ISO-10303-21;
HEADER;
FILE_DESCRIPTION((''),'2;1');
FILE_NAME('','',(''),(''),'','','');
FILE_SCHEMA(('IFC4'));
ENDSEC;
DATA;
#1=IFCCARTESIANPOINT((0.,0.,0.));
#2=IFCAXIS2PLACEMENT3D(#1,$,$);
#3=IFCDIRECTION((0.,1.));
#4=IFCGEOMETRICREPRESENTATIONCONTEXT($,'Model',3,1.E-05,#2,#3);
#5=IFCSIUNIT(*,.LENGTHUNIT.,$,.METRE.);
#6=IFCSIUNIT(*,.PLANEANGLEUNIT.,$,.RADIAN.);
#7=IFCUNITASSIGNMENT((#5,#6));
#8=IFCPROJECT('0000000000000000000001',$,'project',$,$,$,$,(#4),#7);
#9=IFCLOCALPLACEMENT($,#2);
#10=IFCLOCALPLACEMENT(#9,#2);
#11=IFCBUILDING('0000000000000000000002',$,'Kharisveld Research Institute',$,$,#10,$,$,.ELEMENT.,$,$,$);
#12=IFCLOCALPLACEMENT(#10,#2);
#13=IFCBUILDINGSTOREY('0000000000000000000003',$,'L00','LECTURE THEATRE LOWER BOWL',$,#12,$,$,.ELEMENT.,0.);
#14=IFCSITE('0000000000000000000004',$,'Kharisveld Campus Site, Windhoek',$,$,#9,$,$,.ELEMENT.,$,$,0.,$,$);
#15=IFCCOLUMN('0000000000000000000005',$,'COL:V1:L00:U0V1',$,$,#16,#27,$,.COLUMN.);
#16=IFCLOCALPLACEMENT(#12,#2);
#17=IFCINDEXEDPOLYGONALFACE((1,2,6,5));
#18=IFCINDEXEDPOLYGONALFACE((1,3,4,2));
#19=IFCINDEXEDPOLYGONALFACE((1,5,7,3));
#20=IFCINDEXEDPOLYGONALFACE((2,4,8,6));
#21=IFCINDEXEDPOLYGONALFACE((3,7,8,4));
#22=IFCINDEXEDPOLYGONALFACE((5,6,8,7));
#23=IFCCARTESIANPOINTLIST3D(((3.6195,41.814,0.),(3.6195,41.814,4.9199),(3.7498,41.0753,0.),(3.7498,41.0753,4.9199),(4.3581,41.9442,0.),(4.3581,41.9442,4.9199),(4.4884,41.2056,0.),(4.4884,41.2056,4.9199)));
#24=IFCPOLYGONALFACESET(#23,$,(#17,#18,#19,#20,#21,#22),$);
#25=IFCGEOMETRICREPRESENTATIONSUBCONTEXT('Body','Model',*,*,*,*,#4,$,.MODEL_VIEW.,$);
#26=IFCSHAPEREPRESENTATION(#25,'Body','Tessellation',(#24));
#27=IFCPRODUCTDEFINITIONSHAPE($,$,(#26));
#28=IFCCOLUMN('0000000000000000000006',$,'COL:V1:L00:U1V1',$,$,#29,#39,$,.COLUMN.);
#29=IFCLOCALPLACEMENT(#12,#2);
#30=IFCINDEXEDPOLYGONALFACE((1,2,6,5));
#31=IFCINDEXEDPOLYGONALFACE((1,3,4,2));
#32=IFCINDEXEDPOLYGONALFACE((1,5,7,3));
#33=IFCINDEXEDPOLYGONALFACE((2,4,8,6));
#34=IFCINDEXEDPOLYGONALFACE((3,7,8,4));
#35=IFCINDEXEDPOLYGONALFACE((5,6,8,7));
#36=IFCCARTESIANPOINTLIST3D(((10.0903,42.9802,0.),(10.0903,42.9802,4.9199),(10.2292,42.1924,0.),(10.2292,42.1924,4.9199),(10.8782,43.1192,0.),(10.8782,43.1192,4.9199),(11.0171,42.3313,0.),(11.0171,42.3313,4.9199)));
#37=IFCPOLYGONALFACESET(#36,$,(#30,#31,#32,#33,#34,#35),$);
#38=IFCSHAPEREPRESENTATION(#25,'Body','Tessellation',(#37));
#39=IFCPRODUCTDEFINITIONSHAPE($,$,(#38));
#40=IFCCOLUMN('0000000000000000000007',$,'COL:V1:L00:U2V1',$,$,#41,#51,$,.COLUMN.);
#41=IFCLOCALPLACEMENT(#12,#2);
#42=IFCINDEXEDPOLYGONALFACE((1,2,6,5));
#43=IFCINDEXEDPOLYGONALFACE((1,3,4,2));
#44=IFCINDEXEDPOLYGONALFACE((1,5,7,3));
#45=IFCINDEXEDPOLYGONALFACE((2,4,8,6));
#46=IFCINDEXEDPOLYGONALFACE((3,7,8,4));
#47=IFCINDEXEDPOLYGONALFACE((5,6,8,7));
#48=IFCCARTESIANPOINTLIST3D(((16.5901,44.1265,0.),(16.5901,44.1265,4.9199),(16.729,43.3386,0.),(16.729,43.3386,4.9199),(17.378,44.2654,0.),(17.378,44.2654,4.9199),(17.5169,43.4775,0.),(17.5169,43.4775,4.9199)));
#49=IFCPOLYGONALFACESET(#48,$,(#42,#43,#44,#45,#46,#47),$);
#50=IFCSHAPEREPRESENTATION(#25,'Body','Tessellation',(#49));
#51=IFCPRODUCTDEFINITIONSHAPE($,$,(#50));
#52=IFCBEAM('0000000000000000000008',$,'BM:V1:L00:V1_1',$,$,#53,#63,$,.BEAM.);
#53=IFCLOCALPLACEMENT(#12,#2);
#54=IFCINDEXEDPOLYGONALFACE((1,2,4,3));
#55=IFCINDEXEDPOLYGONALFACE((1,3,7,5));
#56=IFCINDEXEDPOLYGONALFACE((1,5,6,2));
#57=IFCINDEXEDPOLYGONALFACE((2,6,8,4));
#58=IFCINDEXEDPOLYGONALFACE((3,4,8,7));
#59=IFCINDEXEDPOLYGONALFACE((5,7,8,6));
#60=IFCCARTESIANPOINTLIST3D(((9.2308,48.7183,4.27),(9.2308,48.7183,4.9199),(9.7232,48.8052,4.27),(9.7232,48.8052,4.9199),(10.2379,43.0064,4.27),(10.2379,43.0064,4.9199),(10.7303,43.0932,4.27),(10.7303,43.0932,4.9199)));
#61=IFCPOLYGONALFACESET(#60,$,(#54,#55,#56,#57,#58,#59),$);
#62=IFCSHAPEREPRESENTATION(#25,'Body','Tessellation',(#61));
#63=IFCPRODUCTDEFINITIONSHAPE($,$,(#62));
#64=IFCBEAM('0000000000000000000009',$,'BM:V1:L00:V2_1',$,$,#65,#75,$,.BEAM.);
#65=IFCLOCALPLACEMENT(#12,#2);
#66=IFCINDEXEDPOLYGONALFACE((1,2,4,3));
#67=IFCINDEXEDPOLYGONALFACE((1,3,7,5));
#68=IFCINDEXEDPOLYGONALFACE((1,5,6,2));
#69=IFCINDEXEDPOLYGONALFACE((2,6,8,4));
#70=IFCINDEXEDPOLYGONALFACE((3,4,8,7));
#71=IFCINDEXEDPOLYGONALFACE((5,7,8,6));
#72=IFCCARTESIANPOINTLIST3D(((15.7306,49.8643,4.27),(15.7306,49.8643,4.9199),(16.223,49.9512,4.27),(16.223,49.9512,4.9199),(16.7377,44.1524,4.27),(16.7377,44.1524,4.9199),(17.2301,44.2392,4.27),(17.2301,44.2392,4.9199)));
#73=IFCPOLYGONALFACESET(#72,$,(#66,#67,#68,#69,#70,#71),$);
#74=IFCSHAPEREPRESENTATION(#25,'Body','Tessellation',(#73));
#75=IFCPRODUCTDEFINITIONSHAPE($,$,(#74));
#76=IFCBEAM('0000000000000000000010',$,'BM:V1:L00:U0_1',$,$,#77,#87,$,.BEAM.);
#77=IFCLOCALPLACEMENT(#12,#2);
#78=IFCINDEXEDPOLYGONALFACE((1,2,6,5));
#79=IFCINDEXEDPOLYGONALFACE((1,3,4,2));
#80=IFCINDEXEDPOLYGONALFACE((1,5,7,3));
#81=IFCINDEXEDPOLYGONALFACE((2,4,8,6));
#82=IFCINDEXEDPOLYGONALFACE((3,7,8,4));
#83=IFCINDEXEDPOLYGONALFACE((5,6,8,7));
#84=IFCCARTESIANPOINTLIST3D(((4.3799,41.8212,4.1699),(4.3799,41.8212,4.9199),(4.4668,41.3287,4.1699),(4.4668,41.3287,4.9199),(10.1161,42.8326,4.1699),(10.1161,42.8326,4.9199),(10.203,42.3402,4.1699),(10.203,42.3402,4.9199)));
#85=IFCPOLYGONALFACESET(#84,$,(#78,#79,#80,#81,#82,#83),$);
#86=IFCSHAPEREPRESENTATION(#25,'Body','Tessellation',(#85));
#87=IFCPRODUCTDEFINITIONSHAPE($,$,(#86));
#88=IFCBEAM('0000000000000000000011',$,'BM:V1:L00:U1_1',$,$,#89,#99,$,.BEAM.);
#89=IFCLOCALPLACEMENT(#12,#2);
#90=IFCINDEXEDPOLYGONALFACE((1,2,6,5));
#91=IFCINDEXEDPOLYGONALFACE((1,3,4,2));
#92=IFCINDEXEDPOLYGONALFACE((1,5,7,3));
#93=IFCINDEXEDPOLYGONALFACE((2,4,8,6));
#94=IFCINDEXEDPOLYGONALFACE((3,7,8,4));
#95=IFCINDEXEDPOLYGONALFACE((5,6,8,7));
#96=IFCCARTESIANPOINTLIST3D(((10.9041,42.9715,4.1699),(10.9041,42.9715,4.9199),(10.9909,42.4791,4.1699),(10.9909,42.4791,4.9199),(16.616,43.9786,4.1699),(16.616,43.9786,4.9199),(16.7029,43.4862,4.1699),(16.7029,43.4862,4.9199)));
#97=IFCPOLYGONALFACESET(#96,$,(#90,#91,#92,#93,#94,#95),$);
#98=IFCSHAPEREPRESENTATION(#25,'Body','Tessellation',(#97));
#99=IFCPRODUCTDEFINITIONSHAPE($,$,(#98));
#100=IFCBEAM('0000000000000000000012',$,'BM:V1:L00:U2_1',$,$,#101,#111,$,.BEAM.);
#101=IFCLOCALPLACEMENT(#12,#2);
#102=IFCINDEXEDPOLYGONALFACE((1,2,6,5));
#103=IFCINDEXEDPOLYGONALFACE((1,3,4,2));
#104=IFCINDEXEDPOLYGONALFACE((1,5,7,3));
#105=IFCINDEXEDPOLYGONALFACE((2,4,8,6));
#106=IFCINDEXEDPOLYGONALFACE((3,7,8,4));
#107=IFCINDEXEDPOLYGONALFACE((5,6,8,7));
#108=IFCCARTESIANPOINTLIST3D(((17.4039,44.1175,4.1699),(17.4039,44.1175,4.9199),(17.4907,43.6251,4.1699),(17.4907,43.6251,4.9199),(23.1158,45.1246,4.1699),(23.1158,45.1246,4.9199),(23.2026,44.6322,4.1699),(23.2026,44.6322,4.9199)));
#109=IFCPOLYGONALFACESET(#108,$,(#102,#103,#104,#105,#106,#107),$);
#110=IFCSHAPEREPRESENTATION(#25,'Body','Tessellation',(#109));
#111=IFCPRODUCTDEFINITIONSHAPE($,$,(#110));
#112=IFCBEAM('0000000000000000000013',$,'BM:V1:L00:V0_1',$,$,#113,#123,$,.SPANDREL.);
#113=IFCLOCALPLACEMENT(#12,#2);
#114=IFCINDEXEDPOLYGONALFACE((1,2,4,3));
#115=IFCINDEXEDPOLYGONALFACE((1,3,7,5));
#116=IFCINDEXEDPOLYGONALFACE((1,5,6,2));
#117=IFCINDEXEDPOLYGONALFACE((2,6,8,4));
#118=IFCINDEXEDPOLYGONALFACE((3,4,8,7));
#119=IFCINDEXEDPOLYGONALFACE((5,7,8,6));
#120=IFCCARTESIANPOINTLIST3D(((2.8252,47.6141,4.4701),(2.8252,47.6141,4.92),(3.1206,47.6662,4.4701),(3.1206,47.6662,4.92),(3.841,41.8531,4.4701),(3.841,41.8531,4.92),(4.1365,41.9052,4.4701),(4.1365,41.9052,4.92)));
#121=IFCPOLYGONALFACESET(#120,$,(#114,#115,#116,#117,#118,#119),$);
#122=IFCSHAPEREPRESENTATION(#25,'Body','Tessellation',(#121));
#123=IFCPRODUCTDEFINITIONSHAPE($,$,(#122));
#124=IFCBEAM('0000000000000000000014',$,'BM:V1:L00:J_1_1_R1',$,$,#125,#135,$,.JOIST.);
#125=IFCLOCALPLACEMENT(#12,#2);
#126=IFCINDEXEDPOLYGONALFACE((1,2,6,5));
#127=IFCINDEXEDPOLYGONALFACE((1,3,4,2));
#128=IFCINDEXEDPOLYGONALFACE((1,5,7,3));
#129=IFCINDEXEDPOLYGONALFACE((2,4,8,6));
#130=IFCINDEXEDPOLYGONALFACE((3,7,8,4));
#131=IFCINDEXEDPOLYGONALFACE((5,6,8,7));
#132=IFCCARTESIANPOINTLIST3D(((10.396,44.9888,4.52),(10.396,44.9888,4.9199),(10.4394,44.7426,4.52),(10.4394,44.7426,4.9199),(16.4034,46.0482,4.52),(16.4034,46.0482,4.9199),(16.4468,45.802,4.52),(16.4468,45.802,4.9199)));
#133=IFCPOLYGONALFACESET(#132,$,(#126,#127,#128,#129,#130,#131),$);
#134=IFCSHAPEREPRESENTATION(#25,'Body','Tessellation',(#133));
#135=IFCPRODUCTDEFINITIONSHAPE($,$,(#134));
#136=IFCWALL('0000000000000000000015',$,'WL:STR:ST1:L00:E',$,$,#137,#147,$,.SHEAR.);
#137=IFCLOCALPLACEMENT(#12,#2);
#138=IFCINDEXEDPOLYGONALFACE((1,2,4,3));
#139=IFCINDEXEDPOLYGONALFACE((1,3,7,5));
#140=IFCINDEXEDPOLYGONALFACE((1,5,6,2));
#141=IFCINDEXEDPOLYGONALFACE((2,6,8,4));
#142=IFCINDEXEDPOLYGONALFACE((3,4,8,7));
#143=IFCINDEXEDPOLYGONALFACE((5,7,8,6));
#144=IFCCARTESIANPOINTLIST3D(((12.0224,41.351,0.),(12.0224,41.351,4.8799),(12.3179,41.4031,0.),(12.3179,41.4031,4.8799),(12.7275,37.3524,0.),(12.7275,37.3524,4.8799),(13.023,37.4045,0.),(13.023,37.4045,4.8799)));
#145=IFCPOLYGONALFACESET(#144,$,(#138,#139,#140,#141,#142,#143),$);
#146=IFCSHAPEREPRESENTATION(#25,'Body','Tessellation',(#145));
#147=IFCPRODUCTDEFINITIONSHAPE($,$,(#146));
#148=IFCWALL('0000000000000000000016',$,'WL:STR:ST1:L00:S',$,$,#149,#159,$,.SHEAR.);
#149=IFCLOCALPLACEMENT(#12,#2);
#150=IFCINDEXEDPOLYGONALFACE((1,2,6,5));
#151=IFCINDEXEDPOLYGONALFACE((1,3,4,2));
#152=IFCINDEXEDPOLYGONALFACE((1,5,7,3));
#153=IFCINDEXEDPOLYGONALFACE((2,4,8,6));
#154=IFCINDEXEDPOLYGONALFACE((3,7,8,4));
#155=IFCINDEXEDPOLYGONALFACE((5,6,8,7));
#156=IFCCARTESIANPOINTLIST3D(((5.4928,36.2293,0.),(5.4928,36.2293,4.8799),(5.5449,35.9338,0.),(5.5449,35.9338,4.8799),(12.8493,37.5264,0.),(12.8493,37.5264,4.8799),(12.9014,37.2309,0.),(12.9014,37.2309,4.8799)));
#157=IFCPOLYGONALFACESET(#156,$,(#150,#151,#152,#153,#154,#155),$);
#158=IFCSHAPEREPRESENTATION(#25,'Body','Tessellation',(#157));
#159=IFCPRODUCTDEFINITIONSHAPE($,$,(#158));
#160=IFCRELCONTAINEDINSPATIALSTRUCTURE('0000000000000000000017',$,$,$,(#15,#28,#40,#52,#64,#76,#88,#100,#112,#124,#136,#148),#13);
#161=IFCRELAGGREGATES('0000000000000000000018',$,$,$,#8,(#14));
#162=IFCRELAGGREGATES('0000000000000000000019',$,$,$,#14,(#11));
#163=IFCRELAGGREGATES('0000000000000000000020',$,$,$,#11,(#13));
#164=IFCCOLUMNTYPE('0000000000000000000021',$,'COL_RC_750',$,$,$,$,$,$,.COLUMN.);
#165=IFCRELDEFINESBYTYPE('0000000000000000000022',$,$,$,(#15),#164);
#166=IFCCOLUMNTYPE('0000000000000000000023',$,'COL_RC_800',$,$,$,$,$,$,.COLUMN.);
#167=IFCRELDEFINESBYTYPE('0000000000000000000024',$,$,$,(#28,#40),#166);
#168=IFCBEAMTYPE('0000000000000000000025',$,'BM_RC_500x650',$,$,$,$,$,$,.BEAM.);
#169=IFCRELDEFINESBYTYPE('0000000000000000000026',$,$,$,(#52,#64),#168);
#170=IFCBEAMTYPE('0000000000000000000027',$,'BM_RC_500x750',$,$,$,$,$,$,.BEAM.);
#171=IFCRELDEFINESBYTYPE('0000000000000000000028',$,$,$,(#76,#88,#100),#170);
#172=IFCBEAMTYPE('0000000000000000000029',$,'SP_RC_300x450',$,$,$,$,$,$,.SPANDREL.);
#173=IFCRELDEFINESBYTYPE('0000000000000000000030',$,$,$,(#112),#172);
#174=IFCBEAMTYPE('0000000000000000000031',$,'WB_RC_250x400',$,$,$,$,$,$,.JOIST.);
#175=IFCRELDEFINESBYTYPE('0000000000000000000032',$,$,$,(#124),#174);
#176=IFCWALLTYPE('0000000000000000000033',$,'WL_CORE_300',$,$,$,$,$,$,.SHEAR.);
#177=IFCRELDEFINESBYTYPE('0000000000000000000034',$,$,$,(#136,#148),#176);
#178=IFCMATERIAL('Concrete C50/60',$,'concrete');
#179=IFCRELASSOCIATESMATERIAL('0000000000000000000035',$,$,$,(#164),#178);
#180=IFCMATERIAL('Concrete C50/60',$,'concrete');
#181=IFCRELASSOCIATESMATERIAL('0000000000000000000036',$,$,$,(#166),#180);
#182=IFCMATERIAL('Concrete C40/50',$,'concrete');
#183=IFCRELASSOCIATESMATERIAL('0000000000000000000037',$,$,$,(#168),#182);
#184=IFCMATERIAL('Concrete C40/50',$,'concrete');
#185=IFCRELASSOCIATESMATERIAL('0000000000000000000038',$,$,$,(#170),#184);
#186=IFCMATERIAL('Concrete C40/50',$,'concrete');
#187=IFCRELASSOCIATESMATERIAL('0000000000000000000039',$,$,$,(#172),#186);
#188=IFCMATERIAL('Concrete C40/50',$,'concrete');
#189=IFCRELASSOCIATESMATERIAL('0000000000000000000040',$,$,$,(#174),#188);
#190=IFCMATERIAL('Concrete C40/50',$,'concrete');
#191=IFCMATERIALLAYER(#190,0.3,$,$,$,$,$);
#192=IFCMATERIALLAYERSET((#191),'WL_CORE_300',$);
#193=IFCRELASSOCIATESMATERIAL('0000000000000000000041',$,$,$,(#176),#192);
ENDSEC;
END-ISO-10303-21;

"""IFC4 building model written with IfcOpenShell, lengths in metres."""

from ifc_helpers import new_model, si_unit, direction, frame, frame_2d, origin, origin_2d, place, context, subcontext, project, spatial, rectangle, extrude, material, layer, layer_set, material_profile, profile_set, type_object, element, save


model = new_model("IFC4")

# Units and contexts
model_context = context("Model", 3, precision=1e-05, world=origin(), true_north=direction((0.0, 1.0)))
body_context = subcontext(model_context, "Body", "Model", "MODEL_VIEW")
ifc_project = project(units=[si_unit("LENGTHUNIT", "METRE"), si_unit("PLANEANGLEUNIT", "RADIAN")], contexts=[model_context])

# Site, building, storey
site_placement = place(None, origin())
site = spatial("IfcSite", under=ifc_project, at=site_placement, Name="Kharisveld Campus Site, Windhoek", CompositionType="ELEMENT", RefElevation=0.0)
building_placement = place(site_placement, origin())
building = spatial("IfcBuilding", under=site, at=building_placement, Name="Kharisveld Research Institute", CompositionType="ELEMENT")
storey_placement = place(building_placement, origin())
storey = spatial("IfcBuildingStorey", under=building, at=storey_placement, Name="L00", Description="LECTURE THEATRE LOWER BOWL", CompositionType="ELEMENT", Elevation=0.0)

# Columns
ifc_material_1 = material(Name="Concrete C50/60", Category="concrete")
ifc_material_profile_1 = material_profile(ifc_material_1, rectangle(XDim=0.75, YDim=0.75, at=origin_2d()))
ifc_profile_set_1 = profile_set([ifc_material_profile_1], Name="Concrete C50/60")
column_type_1 = type_object("IfcColumnType", Name="COL_RC_750", PredefinedType="COLUMN", material=ifc_profile_set_1)
column_placement = place(storey_placement, frame((4.054, 41.5098, 0.0), z_axis=(0.0, 0.0, 1.0), x_axis=(0.984808, 0.173648, 0.0)))
element("IfcColumn", 1, at=column_placement, inside=storey, type_object=column_type_1, Name="COL:V1:L00:U0V1", PredefinedType="COLUMN", context=body_context, shape_type="SweptSolid", body=[
    extrude(rectangle(XDim=0.75, YDim=0.75, at=origin_2d()), origin(), (0.0, 0.0, 1.0), 4.9199),
])
ifc_material_2 = material(Name="Concrete C50/60", Category="concrete")
ifc_material_profile_2 = material_profile(ifc_material_2, rectangle(XDim=0.8, YDim=0.8, at=origin_2d()))
ifc_profile_set_2 = profile_set([ifc_material_profile_2], Name="Concrete C50/60")
column_type_2 = type_object("IfcColumnType", Name="COL_RC_800", PredefinedType="COLUMN", material=ifc_profile_set_2)
for number, where, z_axis, x_axis, name in (
    (2, (10.5537, 42.6558, 0.0), (0.0, 0.0, 1.0), (0.984808, 0.173648, 0.0), "COL:V1:L00:U1V1"),
    (3, (17.0535, 43.802, 0.0), (0.0, 0.0, 1.0), (0.984808, 0.173648, 0.0), "COL:V1:L00:U2V1"),
):
    element("IfcColumn", number, at=place(storey_placement, frame(where, z_axis=z_axis, x_axis=x_axis)), inside=storey, type_object=column_type_2, Name=name, PredefinedType="COLUMN", context=body_context, shape_type="SweptSolid", body=[
        extrude(rectangle(XDim=0.8, YDim=0.8, at=origin_2d()), origin(), (0.0, 0.0, 1.0), 4.9199),
    ])

# Beams
ifc_material_3 = material(Name="Concrete C40/50", Category="concrete")
ifc_material_profile_3 = material_profile(ifc_material_3, rectangle(XDim=0.5, YDim=0.6499, at=origin_2d()))
ifc_profile_set_3 = profile_set([ifc_material_profile_3], Name="Concrete C40/50")
beam_type_1 = type_object("IfcBeamType", Name="BM_RC_500x650", PredefinedType="BEAM", material=ifc_profile_set_3)
for number, where, z_axis, x_axis, name in (
    (4, (10.4841, 43.0498, 4.595), (-0.173634, 0.98481, 0.0), (-0.98481, -0.173634, 0.0), "BM:V1:L00:V1_1"),
    (5, (16.9839, 44.1958, 4.595), (-0.173634, 0.98481, 0.0), (-0.98481, -0.173634, 0.0), "BM:V1:L00:V2_1"),
):
    element("IfcBeam", number, at=place(storey_placement, frame(where, z_axis=z_axis, x_axis=x_axis)), inside=storey, type_object=beam_type_1, Name=name, PredefinedType="BEAM", context=body_context, shape_type="SweptSolid", body=[
        extrude(rectangle(XDim=0.5, YDim=0.6499, at=origin_2d()), origin(), (0.0, 0.0, 1.0), 5.8),
    ])
ifc_material_4 = material(Name="Concrete C40/50", Category="concrete")
ifc_material_profile_4 = material_profile(ifc_material_4, rectangle(XDim=0.5, YDim=0.75, at=origin_2d()))
ifc_profile_set_4 = profile_set([ifc_material_profile_4], Name="Concrete C40/50")
beam_type_2 = type_object("IfcBeamType", Name="BM_RC_500x750", PredefinedType="BEAM", material=ifc_profile_set_4)
beam_1_placement = place(storey_placement, frame((4.4233, 41.575, 4.5449), z_axis=(0.984808, 0.173649, 0.0), x_axis=(-0.173649, 0.984808, 0.0)))
element("IfcBeam", 6, at=beam_1_placement, inside=storey, type_object=beam_type_2, Name="BM:V1:L00:U0_1", PredefinedType="BEAM", context=body_context, shape_type="SweptSolid", body=[
    extrude(rectangle(XDim=0.5, YDim=0.75, at=origin_2d()), origin(), (0.0, 0.0, 1.0), 5.8247),
])
for number, where, z_axis, x_axis, name in (
    (7, (10.9475, 42.7253, 4.5449), (0.98481, 0.173634, 0.0), (-0.173634, 0.98481, 0.0), "BM:V1:L00:U1_1"),
    (8, (17.4473, 43.8713, 4.5449), (0.98481, 0.173634, 0.0), (-0.173634, 0.98481, 0.0), "BM:V1:L00:U2_1"),
):
    element("IfcBeam", number, at=place(storey_placement, frame(where, z_axis=z_axis, x_axis=x_axis)), inside=storey, type_object=beam_type_2, Name=name, PredefinedType="BEAM", context=body_context, shape_type="SweptSolid", body=[
        extrude(rectangle(XDim=0.5, YDim=0.75, at=origin_2d()), origin(), (0.0, 0.0, 1.0), 5.8),
    ])
ifc_material_5 = material(Name="Concrete C40/50", Category="concrete")
ifc_material_profile_5 = material_profile(ifc_material_5, rectangle(XDim=0.3, YDim=0.45, at=origin_2d()))
ifc_profile_set_5 = profile_set([ifc_material_profile_5], Name="Concrete C40/50")
beam_type_3 = type_object("IfcBeamType", Name="SP_RC_300x450", PredefinedType="SPANDREL", material=ifc_profile_set_5)
beam_2_placement = place(storey_placement, frame((3.9888, 41.8792, 4.6951), z_axis=(-0.173657, 0.984806, 0.0), x_axis=(-0.984806, -0.173657, 0.0)))
element("IfcBeam", 9, at=beam_2_placement, inside=storey, type_object=beam_type_3, Name="BM:V1:L00:V0_1", PredefinedType="SPANDREL", context=body_context, shape_type="SweptSolid", body=[
    extrude(rectangle(XDim=0.3, YDim=0.45, at=origin_2d()), origin(), (0.0, 0.0, 1.0), 5.8499),
])
ifc_material_6 = material(Name="Concrete C40/50", Category="concrete")
ifc_material_profile_6 = material_profile(ifc_material_6, rectangle(XDim=0.25, YDim=0.3999, at=origin_2d()))
ifc_profile_set_6 = profile_set([ifc_material_profile_6], Name="Concrete C40/50")
beam_type_4 = type_object("IfcBeamType", Name="WB_RC_250x400", PredefinedType="JOIST", material=ifc_profile_set_6)
beam_3_placement = place(storey_placement, frame((10.4177, 44.8657, 4.72), z_axis=(0.984806, 0.17366, 0.0), x_axis=(-0.17366, 0.984806, 0.0)))
element("IfcBeam", 10, at=beam_3_placement, inside=storey, type_object=beam_type_4, Name="BM:V1:L00:J_1_1_R1", PredefinedType="JOIST", context=body_context, shape_type="SweptSolid", body=[
    extrude(rectangle(XDim=0.25, YDim=0.3999, at=origin_2d()), origin(), (0.0, 0.0, 1.0), 6.1001),
])

# Shared definitions
ifc_material_7 = material(Name="Concrete C40/50", Category="concrete")
ifc_layer_1 = layer(ifc_material_7, 0.3)
ifc_layer_set_1 = layer_set([ifc_layer_1], Name="WL_CORE_300")
wall_type_1 = type_object("IfcWallType", Name="WL_CORE_300", PredefinedType="SHEAR", material=ifc_layer_set_1)

# Walls
wall_1_placement = place(storey_placement, frame((12.1702, 41.3772, 0.0), z_axis=(0.0, 0.0, 1.0), x_axis=(0.173655, -0.984807, 0.0)))
element("IfcWall", 11, at=wall_1_placement, inside=storey, type_object=wall_type_1, Name="WL:STR:ST1:L00:E", PredefinedType="SHEAR", context=body_context, shape_type="SweptSolid", body=[
    extrude(rectangle(XDim=4.0603, YDim=0.3, at=frame_2d((2.0303, 0.0))), origin(), (0.0, 0.0, 1.0), 4.8799),
])
wall_2_placement = place(storey_placement, frame((12.8752, 37.3787, 0.0), z_axis=(0.0, 0.0, 1.0), x_axis=(-0.984808, -0.173645, 0.0)))
element("IfcWall", 12, at=wall_2_placement, inside=storey, type_object=wall_type_1, Name="WL:STR:ST1:L00:S", PredefinedType="SHEAR", context=body_context, shape_type="SweptSolid", body=[
    extrude(rectangle(XDim=7.47, YDim=0.3, at=frame_2d((3.7349, 0.0))), origin(), (0.0, 0.0, 1.0), 4.8799),
])

save(model, "model.ifc")
